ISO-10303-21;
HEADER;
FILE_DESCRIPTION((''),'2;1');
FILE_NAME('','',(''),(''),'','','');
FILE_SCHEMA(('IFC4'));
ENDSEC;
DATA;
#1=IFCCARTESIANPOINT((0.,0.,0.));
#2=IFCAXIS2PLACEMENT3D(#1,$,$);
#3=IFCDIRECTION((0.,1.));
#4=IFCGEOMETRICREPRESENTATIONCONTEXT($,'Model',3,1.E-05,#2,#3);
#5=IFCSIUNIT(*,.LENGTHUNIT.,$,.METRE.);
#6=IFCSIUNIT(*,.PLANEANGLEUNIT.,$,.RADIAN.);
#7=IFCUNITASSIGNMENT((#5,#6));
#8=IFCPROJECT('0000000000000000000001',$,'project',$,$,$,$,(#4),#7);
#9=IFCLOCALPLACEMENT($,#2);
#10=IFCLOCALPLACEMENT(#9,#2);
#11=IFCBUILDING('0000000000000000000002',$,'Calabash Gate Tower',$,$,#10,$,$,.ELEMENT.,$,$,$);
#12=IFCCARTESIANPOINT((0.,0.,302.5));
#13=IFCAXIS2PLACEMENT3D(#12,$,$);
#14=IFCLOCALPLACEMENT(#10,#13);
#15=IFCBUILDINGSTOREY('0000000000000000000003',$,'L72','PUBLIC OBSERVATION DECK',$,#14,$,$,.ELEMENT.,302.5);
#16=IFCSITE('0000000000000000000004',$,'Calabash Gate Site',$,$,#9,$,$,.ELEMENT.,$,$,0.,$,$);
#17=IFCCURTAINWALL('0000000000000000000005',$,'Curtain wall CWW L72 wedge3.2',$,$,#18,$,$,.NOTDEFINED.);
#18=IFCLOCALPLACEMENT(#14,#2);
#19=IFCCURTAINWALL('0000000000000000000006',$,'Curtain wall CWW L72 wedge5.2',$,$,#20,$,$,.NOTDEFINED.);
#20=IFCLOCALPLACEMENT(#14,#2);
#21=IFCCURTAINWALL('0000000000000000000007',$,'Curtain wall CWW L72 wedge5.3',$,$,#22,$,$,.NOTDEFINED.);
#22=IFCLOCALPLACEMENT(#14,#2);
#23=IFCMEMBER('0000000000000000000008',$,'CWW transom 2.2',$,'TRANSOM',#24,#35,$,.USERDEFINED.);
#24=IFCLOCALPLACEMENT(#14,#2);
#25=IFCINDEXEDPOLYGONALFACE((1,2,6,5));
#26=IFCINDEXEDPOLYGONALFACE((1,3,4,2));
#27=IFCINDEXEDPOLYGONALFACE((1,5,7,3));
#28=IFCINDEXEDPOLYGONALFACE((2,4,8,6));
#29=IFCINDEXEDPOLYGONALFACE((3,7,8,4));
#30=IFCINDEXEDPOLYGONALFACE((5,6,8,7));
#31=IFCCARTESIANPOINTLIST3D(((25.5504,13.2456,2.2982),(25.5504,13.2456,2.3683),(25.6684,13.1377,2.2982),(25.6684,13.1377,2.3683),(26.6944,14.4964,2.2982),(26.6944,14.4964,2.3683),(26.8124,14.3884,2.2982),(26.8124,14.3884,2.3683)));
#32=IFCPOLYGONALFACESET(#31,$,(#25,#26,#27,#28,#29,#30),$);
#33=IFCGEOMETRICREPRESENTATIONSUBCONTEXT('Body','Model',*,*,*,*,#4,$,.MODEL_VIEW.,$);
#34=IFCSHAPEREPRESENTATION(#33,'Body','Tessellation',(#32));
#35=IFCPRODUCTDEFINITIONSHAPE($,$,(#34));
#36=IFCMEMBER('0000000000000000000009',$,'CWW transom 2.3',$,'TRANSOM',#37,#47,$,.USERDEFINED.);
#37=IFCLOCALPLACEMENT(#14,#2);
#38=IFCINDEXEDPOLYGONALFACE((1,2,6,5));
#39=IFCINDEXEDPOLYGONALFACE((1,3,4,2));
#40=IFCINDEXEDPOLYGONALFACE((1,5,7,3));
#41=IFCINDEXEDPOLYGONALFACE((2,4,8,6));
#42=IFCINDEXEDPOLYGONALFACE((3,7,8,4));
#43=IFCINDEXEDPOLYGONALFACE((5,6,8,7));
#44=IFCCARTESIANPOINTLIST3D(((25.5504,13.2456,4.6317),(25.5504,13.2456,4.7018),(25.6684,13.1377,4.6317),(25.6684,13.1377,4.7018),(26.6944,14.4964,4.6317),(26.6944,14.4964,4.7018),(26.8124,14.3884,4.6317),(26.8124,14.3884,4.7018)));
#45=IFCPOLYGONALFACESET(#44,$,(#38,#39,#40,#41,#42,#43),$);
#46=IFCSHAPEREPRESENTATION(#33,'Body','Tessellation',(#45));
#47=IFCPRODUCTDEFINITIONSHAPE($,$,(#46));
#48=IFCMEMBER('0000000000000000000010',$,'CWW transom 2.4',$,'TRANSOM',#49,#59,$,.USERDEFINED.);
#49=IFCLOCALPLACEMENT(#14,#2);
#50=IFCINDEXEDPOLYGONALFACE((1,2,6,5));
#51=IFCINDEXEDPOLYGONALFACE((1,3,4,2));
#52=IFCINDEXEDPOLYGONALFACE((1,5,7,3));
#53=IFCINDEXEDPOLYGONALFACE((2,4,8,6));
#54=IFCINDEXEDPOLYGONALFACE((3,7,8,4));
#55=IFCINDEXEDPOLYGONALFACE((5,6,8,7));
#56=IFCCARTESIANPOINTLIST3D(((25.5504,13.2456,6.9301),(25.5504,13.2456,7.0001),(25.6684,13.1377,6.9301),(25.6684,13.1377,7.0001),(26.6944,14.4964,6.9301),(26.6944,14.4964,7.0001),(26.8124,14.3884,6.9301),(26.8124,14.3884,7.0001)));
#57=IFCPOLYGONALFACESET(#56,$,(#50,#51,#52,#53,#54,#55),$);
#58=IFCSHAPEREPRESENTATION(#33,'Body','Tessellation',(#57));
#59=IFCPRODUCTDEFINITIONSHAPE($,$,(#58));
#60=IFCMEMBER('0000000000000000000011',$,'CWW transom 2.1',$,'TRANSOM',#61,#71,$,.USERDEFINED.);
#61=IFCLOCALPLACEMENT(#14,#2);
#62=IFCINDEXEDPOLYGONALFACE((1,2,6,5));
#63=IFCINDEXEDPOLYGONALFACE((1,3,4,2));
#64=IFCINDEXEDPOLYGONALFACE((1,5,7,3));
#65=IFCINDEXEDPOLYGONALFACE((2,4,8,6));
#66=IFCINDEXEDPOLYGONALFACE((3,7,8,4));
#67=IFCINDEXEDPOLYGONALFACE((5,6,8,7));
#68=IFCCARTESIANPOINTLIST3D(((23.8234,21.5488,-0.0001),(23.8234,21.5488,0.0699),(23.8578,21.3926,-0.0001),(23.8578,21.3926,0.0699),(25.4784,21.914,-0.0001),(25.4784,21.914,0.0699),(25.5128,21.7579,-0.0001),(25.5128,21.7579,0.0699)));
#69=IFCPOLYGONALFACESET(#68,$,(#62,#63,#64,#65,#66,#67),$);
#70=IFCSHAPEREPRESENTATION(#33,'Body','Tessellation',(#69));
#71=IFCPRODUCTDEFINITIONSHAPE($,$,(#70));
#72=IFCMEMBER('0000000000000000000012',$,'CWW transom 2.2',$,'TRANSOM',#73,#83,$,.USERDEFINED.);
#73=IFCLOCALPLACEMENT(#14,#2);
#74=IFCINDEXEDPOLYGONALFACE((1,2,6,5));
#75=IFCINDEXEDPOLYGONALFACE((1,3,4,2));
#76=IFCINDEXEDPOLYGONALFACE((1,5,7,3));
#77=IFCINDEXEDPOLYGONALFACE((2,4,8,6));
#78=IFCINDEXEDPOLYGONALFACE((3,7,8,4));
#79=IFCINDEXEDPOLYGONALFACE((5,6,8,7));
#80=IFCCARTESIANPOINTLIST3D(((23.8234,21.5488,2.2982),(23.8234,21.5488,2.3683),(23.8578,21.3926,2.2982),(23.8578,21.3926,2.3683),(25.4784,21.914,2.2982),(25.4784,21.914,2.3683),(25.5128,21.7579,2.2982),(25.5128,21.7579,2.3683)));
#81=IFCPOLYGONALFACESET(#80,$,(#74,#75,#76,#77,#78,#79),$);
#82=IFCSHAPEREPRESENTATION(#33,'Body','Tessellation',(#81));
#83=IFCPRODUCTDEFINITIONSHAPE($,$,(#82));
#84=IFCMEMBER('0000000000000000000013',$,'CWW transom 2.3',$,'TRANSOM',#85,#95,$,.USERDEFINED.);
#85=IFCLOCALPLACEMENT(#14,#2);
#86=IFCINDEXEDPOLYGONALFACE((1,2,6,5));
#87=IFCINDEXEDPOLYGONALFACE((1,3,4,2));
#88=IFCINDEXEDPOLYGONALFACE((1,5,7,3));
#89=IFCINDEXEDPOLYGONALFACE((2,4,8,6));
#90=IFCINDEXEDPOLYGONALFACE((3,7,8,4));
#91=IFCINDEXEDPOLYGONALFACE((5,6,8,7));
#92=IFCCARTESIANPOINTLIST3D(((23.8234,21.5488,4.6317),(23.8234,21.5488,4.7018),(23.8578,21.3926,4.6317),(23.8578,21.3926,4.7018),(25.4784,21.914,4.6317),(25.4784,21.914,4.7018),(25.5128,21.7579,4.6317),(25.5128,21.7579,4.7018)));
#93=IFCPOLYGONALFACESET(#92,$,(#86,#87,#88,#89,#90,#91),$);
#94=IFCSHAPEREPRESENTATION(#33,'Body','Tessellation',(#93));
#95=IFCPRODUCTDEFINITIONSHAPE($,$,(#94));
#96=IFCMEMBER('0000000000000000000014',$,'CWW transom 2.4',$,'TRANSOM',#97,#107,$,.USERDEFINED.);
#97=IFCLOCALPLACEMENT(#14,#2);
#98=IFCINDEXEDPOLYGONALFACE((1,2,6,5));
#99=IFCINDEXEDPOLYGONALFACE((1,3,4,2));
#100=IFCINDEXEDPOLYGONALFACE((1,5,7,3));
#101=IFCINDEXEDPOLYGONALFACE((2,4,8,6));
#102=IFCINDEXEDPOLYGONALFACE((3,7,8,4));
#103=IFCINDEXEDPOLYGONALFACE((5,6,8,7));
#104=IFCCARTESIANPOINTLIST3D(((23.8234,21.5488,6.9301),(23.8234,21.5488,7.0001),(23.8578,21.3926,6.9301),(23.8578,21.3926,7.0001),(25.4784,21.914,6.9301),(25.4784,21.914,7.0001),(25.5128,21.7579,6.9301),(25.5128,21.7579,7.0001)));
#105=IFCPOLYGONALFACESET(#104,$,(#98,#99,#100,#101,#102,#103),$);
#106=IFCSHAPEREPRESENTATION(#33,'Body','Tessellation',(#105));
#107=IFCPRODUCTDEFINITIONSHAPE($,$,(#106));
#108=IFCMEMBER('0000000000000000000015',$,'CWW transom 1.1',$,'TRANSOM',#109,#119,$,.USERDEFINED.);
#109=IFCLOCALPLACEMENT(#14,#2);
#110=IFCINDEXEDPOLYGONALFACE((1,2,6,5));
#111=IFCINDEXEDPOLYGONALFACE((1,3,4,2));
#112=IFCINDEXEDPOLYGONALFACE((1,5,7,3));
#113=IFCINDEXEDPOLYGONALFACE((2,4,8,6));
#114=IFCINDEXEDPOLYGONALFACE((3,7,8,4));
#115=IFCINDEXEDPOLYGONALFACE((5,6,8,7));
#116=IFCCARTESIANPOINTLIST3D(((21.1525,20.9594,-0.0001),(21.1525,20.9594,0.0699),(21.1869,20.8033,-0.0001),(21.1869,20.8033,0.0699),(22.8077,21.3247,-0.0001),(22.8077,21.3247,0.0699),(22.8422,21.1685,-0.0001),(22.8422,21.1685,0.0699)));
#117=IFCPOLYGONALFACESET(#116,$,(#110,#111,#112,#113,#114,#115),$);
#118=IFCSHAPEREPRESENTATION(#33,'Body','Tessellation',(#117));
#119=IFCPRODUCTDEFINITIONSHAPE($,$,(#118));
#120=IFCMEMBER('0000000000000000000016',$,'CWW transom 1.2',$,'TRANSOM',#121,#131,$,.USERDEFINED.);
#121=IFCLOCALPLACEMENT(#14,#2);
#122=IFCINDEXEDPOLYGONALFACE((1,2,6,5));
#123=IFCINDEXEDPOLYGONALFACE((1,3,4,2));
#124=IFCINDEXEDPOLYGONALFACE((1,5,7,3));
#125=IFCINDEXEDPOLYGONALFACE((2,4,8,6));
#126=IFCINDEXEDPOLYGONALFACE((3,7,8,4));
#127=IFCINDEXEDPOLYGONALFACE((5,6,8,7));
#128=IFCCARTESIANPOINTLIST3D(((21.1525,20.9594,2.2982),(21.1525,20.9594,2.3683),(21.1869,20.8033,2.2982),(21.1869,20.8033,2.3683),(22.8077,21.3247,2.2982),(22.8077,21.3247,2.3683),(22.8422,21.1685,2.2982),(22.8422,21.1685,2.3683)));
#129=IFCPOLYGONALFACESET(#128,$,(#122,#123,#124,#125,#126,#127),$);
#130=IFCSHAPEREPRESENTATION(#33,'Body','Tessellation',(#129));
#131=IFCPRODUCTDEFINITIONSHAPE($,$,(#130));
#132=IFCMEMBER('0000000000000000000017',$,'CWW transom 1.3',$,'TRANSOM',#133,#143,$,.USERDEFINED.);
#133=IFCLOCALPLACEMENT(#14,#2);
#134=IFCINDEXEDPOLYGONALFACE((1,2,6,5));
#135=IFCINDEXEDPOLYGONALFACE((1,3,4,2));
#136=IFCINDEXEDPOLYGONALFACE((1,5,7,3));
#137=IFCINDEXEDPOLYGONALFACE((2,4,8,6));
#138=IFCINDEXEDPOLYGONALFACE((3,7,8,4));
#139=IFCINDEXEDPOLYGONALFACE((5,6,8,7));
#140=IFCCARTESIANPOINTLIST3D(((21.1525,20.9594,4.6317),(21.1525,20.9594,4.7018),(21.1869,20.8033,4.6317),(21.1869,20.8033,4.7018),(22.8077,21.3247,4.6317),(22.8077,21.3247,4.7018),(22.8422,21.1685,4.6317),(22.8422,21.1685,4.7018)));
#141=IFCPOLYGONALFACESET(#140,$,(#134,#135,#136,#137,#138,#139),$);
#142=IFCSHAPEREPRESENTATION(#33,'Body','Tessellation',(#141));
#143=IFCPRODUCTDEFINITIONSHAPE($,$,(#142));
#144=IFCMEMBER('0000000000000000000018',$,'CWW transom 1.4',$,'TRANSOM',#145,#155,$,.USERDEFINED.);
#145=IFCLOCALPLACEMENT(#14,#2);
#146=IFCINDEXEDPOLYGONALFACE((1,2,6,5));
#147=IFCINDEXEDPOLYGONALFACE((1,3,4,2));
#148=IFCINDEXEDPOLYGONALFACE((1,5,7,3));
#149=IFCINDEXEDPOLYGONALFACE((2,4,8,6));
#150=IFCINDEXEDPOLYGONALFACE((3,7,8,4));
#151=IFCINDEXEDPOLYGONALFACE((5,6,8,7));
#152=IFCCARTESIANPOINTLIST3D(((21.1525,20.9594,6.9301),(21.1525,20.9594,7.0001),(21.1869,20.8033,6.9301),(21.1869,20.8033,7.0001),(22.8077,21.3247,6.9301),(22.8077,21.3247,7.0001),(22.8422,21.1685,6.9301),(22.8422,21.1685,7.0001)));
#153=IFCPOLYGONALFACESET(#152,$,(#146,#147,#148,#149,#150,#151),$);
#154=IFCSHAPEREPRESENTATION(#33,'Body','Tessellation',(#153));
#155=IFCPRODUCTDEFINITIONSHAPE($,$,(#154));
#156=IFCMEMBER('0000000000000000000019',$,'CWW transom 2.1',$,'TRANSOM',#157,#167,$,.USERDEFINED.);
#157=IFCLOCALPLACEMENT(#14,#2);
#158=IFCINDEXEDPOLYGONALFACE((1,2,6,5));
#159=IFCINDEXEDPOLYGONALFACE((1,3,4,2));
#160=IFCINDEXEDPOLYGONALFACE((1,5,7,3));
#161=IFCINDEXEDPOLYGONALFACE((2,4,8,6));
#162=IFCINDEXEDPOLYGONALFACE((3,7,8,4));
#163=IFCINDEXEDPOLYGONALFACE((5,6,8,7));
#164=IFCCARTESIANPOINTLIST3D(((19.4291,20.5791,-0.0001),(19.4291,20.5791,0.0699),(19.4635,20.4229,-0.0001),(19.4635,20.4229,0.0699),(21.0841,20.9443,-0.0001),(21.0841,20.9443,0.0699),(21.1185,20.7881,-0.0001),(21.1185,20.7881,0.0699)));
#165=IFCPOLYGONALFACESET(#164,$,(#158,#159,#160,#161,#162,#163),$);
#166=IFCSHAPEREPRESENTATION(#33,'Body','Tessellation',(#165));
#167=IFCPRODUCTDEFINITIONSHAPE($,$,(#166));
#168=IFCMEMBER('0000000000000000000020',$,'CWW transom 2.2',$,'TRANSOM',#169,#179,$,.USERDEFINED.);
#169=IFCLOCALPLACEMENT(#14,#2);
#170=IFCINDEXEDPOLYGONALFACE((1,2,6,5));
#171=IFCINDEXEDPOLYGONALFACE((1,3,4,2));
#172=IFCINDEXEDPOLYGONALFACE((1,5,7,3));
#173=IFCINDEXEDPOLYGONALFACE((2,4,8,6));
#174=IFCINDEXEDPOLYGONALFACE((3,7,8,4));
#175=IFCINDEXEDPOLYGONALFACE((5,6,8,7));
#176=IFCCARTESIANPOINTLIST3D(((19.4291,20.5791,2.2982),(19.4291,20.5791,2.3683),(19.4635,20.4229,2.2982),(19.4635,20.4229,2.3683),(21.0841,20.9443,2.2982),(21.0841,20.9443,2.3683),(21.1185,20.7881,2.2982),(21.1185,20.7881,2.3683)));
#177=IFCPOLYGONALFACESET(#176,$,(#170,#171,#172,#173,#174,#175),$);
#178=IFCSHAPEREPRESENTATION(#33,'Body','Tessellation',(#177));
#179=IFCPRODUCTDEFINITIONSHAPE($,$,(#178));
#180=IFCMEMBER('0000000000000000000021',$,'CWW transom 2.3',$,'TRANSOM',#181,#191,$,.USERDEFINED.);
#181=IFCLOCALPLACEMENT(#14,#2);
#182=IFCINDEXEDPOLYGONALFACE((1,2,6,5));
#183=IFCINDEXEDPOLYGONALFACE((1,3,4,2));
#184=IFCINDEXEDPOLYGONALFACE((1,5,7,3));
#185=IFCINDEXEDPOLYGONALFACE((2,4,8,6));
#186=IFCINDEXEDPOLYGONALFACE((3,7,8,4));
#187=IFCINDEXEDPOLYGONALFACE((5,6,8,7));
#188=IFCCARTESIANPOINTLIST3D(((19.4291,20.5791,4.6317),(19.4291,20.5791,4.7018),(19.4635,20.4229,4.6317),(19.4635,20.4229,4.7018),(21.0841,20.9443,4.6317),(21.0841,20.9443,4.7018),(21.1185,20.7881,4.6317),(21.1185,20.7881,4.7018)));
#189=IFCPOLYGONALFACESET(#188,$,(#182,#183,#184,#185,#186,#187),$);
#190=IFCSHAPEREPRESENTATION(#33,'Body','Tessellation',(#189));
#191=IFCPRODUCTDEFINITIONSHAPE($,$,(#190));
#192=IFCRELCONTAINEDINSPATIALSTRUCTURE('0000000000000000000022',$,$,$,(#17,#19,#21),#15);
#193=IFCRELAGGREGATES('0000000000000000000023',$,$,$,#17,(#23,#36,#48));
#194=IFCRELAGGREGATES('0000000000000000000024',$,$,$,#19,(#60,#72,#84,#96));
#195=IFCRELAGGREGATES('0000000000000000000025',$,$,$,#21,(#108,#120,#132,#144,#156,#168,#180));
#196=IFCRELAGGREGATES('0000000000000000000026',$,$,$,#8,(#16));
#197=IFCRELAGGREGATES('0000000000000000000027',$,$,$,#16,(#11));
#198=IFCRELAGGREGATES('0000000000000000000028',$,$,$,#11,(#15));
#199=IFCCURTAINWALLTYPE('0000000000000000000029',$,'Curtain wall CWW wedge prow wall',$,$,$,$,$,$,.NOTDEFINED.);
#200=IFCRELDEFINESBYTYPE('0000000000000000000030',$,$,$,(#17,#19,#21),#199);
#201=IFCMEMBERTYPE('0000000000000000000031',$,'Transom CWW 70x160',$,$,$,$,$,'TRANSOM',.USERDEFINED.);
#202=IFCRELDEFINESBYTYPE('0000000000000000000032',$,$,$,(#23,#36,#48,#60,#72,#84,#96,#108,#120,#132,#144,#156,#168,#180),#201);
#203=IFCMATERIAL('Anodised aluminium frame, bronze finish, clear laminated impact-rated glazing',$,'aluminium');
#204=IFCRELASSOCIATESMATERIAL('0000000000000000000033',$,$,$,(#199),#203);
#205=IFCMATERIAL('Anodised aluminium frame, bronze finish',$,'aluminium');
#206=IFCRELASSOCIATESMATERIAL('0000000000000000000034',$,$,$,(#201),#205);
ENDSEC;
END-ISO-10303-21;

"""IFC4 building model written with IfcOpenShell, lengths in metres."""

from ifc_helpers import new_model, si_unit, direction, frame, origin, origin_2d, place, context, subcontext, project, spatial, rectangle, extrude, material, material_profile, profile_set, type_object, element, aggregate, save


model = new_model("IFC4")

# Units and contexts
model_context = context("Model", 3, precision=1e-05, world=origin(), true_north=direction((0.0, 1.0)))
body_context = subcontext(model_context, "Body", "Model", "MODEL_VIEW")
ifc_project = project(units=[si_unit("LENGTHUNIT", "METRE"), si_unit("PLANEANGLEUNIT", "RADIAN")], contexts=[model_context])

# Site, building, storey
site_placement = place(None, origin())
site = spatial("IfcSite", under=ifc_project, at=site_placement, Name="Calabash Gate Site", CompositionType="ELEMENT", RefElevation=0.0)
building_placement = place(site_placement, origin())
building = spatial("IfcBuilding", under=site, at=building_placement, Name="Calabash Gate Tower", CompositionType="ELEMENT")
storey_placement = place(building_placement, frame((0.0, 0.0, 302.5)))
storey = spatial("IfcBuildingStorey", under=building, at=storey_placement, Name="L72", Description="PUBLIC OBSERVATION DECK", CompositionType="ELEMENT", Elevation=302.5)

# Curtain wall
ifc_material_1 = material(Name="Anodised aluminium frame, bronze finish, clear laminated impact-rated glazing", Category="aluminium")
curtain_wall_type = type_object("IfcCurtainWallType", Name="Curtain wall CWW wedge prow wall", PredefinedType="NOTDEFINED", material=ifc_material_1)
curtain_wall_1_placement = place(storey_placement, origin())
curtain_wall_1 = element("IfcCurtainWall", 1, at=curtain_wall_1_placement, inside=storey, type_object=curtain_wall_type, Name="Curtain wall CWW L72 wedge3.2", PredefinedType="NOTDEFINED")

# Curtain walls
curtain_wall_2_placement = place(storey_placement, origin())
curtain_wall_2 = element("IfcCurtainWall", 2, at=curtain_wall_2_placement, inside=storey, type_object=curtain_wall_type, Name="Curtain wall CWW L72 wedge5.2", PredefinedType="NOTDEFINED")
curtain_wall_3_placement = place(storey_placement, origin())
curtain_wall_3 = element("IfcCurtainWall", 3, at=curtain_wall_3_placement, inside=storey, type_object=curtain_wall_type, Name="Curtain wall CWW L72 wedge5.3", PredefinedType="NOTDEFINED")

# Members
ifc_material_2 = material(Name="Anodised aluminium frame, bronze finish", Category="aluminium")
ifc_material_profile_1 = material_profile(ifc_material_2, rectangle(XDim=0.1599, YDim=0.0701, at=origin_2d()))
ifc_profile_set_1 = profile_set([ifc_material_profile_1], Name="Anodised aluminium frame, bronze finish")
member_type_1 = type_object("IfcMemberType", Name="Transom CWW 70x160", ElementType="TRANSOM", PredefinedType="USERDEFINED", material=ifc_profile_set_1)
member_1_placement = place(storey_placement, frame((25.6094, 13.1917, 2.3333), z_axis=(0.674935, 0.737877, 0.0), x_axis=(-0.737877, 0.674935, 0.0)))
member_1 = element("IfcMember", 4, at=member_1_placement, type_object=member_type_1, Name="CWW transom 2.2", ObjectType="TRANSOM", PredefinedType="USERDEFINED", context=body_context, shape_type="SweptSolid", body=[
    extrude(rectangle(XDim=0.1599, YDim=0.0701, at=origin_2d()), origin(), (0.0, 0.0, 1.0), 1.6951),
])
member_2_placement = place(storey_placement, frame((25.6094, 13.1917, 4.6667), z_axis=(0.674935, 0.737877, 0.0), x_axis=(-0.737877, 0.674935, 0.0)))
member_2 = element("IfcMember", 5, at=member_2_placement, type_object=member_type_1, Name="CWW transom 2.3", ObjectType="TRANSOM", PredefinedType="USERDEFINED", context=body_context, shape_type="SweptSolid", body=[
    extrude(rectangle(XDim=0.1599, YDim=0.0701, at=origin_2d()), origin(), (0.0, 0.0, 1.0), 1.6951),
])
member_3_placement = place(storey_placement, frame((25.6094, 13.1917, 6.9651), z_axis=(0.674935, 0.737877, 0.0), x_axis=(-0.737877, 0.674935, 0.0)))
member_3 = element("IfcMember", 6, at=member_3_placement, type_object=member_type_1, Name="CWW transom 2.4", ObjectType="TRANSOM", PredefinedType="USERDEFINED", context=body_context, shape_type="SweptSolid", body=[
    extrude(rectangle(XDim=0.1599, YDim=0.0701, at=origin_2d()), origin(), (0.0, 0.0, 1.0), 1.6951),
])
member_4_placement = place(storey_placement, frame((25.4956, 21.8359, 0.0349), z_axis=(-0.976505, -0.215497, 0.0), x_axis=(0.215497, -0.976505, 0.0)))
member_4 = element("IfcMember", 7, at=member_4_placement, type_object=member_type_1, Name="CWW transom 2.1", ObjectType="TRANSOM", PredefinedType="USERDEFINED", context=body_context, shape_type="SweptSolid", body=[
    extrude(rectangle(XDim=0.1599, YDim=0.0701, at=origin_2d()), origin(), (0.0, 0.0, 1.0), 1.6948),
])
member_5_placement = place(storey_placement, frame((25.4956, 21.8359, 2.3333), z_axis=(-0.976505, -0.215497, 0.0), x_axis=(0.215497, -0.976505, 0.0)))
member_5 = element("IfcMember", 8, at=member_5_placement, type_object=member_type_1, Name="CWW transom 2.2", ObjectType="TRANSOM", PredefinedType="USERDEFINED", context=body_context, shape_type="SweptSolid", body=[
    extrude(rectangle(XDim=0.1599, YDim=0.0701, at=origin_2d()), origin(), (0.0, 0.0, 1.0), 1.6948),
])
member_6_placement = place(storey_placement, frame((25.4956, 21.8359, 4.6667), z_axis=(-0.976505, -0.215497, 0.0), x_axis=(0.215497, -0.976505, 0.0)))
member_6 = element("IfcMember", 9, at=member_6_placement, type_object=member_type_1, Name="CWW transom 2.3", ObjectType="TRANSOM", PredefinedType="USERDEFINED", context=body_context, shape_type="SweptSolid", body=[
    extrude(rectangle(XDim=0.1599, YDim=0.0701, at=origin_2d()), origin(), (0.0, 0.0, 1.0), 1.6948),
])
member_7_placement = place(storey_placement, frame((25.4956, 21.8359, 6.9651), z_axis=(-0.976505, -0.215497, 0.0), x_axis=(0.215497, -0.976505, 0.0)))
member_7 = element("IfcMember", 10, at=member_7_placement, type_object=member_type_1, Name="CWW transom 2.4", ObjectType="TRANSOM", PredefinedType="USERDEFINED", context=body_context, shape_type="SweptSolid", body=[
    extrude(rectangle(XDim=0.1599, YDim=0.0701, at=origin_2d()), origin(), (0.0, 0.0, 1.0), 1.6948),
])
member_8_placement = place(storey_placement, frame((22.825, 21.2466, 0.0349), z_axis=(-0.976511, -0.215466, 0.0), x_axis=(0.215466, -0.976511, 0.0)))
member_8 = element("IfcMember", 11, at=member_8_placement, type_object=member_type_1, Name="CWW transom 1.1", ObjectType="TRANSOM", PredefinedType="USERDEFINED", context=body_context, shape_type="SweptSolid", body=[
    extrude(rectangle(XDim=0.1599, YDim=0.0701, at=origin_2d()), origin(), (0.0, 0.0, 1.0), 1.6951),
])
member_9_placement = place(storey_placement, frame((22.825, 21.2466, 2.3333), z_axis=(-0.976511, -0.215466, 0.0), x_axis=(0.215466, -0.976511, 0.0)))
member_9 = element("IfcMember", 12, at=member_9_placement, type_object=member_type_1, Name="CWW transom 1.2", ObjectType="TRANSOM", PredefinedType="USERDEFINED", context=body_context, shape_type="SweptSolid", body=[
    extrude(rectangle(XDim=0.1599, YDim=0.0701, at=origin_2d()), origin(), (0.0, 0.0, 1.0), 1.6951),
])
member_10_placement = place(storey_placement, frame((22.825, 21.2466, 4.6667), z_axis=(-0.976511, -0.215466, 0.0), x_axis=(0.215466, -0.976511, 0.0)))
member_10 = element("IfcMember", 13, at=member_10_placement, type_object=member_type_1, Name="CWW transom 1.3", ObjectType="TRANSOM", PredefinedType="USERDEFINED", context=body_context, shape_type="SweptSolid", body=[
    extrude(rectangle(XDim=0.1599, YDim=0.0701, at=origin_2d()), origin(), (0.0, 0.0, 1.0), 1.6951),
])
member_11_placement = place(storey_placement, frame((22.825, 21.2466, 6.9651), z_axis=(-0.976511, -0.215466, 0.0), x_axis=(0.215466, -0.976511, 0.0)))
member_11 = element("IfcMember", 14, at=member_11_placement, type_object=member_type_1, Name="CWW transom 1.4", ObjectType="TRANSOM", PredefinedType="USERDEFINED", context=body_context, shape_type="SweptSolid", body=[
    extrude(rectangle(XDim=0.1599, YDim=0.0701, at=origin_2d()), origin(), (0.0, 0.0, 1.0), 1.6951),
])
member_12_placement = place(storey_placement, frame((21.1013, 20.8662, 0.0349), z_axis=(-0.976505, -0.215497, 0.0), x_axis=(0.215497, -0.976505, 0.0)))
member_12 = element("IfcMember", 15, at=member_12_placement, type_object=member_type_1, Name="CWW transom 2.1", ObjectType="TRANSOM", PredefinedType="USERDEFINED", context=body_context, shape_type="SweptSolid", body=[
    extrude(rectangle(XDim=0.1599, YDim=0.0701, at=origin_2d()), origin(), (0.0, 0.0, 1.0), 1.6948),
])
member_13_placement = place(storey_placement, frame((21.1013, 20.8662, 2.3333), z_axis=(-0.976505, -0.215497, 0.0), x_axis=(0.215497, -0.976505, 0.0)))
member_13 = element("IfcMember", 16, at=member_13_placement, type_object=member_type_1, Name="CWW transom 2.2", ObjectType="TRANSOM", PredefinedType="USERDEFINED", context=body_context, shape_type="SweptSolid", body=[
    extrude(rectangle(XDim=0.1599, YDim=0.0701, at=origin_2d()), origin(), (0.0, 0.0, 1.0), 1.6948),
])
member_14_placement = place(storey_placement, frame((21.1013, 20.8662, 4.6667), z_axis=(-0.976505, -0.215497, 0.0), x_axis=(0.215497, -0.976505, 0.0)))
member_14 = element("IfcMember", 17, at=member_14_placement, type_object=member_type_1, Name="CWW transom 2.3", ObjectType="TRANSOM", PredefinedType="USERDEFINED", context=body_context, shape_type="SweptSolid", body=[
    extrude(rectangle(XDim=0.1599, YDim=0.0701, at=origin_2d()), origin(), (0.0, 0.0, 1.0), 1.6948),
])

aggregate(curtain_wall_1, [member_1, member_2, member_3])
aggregate(curtain_wall_2, [member_4, member_5, member_6, member_7])
aggregate(curtain_wall_3, [member_8, member_9, member_10, member_11, member_12, member_13, member_14])

save(model, "model.ifc")
